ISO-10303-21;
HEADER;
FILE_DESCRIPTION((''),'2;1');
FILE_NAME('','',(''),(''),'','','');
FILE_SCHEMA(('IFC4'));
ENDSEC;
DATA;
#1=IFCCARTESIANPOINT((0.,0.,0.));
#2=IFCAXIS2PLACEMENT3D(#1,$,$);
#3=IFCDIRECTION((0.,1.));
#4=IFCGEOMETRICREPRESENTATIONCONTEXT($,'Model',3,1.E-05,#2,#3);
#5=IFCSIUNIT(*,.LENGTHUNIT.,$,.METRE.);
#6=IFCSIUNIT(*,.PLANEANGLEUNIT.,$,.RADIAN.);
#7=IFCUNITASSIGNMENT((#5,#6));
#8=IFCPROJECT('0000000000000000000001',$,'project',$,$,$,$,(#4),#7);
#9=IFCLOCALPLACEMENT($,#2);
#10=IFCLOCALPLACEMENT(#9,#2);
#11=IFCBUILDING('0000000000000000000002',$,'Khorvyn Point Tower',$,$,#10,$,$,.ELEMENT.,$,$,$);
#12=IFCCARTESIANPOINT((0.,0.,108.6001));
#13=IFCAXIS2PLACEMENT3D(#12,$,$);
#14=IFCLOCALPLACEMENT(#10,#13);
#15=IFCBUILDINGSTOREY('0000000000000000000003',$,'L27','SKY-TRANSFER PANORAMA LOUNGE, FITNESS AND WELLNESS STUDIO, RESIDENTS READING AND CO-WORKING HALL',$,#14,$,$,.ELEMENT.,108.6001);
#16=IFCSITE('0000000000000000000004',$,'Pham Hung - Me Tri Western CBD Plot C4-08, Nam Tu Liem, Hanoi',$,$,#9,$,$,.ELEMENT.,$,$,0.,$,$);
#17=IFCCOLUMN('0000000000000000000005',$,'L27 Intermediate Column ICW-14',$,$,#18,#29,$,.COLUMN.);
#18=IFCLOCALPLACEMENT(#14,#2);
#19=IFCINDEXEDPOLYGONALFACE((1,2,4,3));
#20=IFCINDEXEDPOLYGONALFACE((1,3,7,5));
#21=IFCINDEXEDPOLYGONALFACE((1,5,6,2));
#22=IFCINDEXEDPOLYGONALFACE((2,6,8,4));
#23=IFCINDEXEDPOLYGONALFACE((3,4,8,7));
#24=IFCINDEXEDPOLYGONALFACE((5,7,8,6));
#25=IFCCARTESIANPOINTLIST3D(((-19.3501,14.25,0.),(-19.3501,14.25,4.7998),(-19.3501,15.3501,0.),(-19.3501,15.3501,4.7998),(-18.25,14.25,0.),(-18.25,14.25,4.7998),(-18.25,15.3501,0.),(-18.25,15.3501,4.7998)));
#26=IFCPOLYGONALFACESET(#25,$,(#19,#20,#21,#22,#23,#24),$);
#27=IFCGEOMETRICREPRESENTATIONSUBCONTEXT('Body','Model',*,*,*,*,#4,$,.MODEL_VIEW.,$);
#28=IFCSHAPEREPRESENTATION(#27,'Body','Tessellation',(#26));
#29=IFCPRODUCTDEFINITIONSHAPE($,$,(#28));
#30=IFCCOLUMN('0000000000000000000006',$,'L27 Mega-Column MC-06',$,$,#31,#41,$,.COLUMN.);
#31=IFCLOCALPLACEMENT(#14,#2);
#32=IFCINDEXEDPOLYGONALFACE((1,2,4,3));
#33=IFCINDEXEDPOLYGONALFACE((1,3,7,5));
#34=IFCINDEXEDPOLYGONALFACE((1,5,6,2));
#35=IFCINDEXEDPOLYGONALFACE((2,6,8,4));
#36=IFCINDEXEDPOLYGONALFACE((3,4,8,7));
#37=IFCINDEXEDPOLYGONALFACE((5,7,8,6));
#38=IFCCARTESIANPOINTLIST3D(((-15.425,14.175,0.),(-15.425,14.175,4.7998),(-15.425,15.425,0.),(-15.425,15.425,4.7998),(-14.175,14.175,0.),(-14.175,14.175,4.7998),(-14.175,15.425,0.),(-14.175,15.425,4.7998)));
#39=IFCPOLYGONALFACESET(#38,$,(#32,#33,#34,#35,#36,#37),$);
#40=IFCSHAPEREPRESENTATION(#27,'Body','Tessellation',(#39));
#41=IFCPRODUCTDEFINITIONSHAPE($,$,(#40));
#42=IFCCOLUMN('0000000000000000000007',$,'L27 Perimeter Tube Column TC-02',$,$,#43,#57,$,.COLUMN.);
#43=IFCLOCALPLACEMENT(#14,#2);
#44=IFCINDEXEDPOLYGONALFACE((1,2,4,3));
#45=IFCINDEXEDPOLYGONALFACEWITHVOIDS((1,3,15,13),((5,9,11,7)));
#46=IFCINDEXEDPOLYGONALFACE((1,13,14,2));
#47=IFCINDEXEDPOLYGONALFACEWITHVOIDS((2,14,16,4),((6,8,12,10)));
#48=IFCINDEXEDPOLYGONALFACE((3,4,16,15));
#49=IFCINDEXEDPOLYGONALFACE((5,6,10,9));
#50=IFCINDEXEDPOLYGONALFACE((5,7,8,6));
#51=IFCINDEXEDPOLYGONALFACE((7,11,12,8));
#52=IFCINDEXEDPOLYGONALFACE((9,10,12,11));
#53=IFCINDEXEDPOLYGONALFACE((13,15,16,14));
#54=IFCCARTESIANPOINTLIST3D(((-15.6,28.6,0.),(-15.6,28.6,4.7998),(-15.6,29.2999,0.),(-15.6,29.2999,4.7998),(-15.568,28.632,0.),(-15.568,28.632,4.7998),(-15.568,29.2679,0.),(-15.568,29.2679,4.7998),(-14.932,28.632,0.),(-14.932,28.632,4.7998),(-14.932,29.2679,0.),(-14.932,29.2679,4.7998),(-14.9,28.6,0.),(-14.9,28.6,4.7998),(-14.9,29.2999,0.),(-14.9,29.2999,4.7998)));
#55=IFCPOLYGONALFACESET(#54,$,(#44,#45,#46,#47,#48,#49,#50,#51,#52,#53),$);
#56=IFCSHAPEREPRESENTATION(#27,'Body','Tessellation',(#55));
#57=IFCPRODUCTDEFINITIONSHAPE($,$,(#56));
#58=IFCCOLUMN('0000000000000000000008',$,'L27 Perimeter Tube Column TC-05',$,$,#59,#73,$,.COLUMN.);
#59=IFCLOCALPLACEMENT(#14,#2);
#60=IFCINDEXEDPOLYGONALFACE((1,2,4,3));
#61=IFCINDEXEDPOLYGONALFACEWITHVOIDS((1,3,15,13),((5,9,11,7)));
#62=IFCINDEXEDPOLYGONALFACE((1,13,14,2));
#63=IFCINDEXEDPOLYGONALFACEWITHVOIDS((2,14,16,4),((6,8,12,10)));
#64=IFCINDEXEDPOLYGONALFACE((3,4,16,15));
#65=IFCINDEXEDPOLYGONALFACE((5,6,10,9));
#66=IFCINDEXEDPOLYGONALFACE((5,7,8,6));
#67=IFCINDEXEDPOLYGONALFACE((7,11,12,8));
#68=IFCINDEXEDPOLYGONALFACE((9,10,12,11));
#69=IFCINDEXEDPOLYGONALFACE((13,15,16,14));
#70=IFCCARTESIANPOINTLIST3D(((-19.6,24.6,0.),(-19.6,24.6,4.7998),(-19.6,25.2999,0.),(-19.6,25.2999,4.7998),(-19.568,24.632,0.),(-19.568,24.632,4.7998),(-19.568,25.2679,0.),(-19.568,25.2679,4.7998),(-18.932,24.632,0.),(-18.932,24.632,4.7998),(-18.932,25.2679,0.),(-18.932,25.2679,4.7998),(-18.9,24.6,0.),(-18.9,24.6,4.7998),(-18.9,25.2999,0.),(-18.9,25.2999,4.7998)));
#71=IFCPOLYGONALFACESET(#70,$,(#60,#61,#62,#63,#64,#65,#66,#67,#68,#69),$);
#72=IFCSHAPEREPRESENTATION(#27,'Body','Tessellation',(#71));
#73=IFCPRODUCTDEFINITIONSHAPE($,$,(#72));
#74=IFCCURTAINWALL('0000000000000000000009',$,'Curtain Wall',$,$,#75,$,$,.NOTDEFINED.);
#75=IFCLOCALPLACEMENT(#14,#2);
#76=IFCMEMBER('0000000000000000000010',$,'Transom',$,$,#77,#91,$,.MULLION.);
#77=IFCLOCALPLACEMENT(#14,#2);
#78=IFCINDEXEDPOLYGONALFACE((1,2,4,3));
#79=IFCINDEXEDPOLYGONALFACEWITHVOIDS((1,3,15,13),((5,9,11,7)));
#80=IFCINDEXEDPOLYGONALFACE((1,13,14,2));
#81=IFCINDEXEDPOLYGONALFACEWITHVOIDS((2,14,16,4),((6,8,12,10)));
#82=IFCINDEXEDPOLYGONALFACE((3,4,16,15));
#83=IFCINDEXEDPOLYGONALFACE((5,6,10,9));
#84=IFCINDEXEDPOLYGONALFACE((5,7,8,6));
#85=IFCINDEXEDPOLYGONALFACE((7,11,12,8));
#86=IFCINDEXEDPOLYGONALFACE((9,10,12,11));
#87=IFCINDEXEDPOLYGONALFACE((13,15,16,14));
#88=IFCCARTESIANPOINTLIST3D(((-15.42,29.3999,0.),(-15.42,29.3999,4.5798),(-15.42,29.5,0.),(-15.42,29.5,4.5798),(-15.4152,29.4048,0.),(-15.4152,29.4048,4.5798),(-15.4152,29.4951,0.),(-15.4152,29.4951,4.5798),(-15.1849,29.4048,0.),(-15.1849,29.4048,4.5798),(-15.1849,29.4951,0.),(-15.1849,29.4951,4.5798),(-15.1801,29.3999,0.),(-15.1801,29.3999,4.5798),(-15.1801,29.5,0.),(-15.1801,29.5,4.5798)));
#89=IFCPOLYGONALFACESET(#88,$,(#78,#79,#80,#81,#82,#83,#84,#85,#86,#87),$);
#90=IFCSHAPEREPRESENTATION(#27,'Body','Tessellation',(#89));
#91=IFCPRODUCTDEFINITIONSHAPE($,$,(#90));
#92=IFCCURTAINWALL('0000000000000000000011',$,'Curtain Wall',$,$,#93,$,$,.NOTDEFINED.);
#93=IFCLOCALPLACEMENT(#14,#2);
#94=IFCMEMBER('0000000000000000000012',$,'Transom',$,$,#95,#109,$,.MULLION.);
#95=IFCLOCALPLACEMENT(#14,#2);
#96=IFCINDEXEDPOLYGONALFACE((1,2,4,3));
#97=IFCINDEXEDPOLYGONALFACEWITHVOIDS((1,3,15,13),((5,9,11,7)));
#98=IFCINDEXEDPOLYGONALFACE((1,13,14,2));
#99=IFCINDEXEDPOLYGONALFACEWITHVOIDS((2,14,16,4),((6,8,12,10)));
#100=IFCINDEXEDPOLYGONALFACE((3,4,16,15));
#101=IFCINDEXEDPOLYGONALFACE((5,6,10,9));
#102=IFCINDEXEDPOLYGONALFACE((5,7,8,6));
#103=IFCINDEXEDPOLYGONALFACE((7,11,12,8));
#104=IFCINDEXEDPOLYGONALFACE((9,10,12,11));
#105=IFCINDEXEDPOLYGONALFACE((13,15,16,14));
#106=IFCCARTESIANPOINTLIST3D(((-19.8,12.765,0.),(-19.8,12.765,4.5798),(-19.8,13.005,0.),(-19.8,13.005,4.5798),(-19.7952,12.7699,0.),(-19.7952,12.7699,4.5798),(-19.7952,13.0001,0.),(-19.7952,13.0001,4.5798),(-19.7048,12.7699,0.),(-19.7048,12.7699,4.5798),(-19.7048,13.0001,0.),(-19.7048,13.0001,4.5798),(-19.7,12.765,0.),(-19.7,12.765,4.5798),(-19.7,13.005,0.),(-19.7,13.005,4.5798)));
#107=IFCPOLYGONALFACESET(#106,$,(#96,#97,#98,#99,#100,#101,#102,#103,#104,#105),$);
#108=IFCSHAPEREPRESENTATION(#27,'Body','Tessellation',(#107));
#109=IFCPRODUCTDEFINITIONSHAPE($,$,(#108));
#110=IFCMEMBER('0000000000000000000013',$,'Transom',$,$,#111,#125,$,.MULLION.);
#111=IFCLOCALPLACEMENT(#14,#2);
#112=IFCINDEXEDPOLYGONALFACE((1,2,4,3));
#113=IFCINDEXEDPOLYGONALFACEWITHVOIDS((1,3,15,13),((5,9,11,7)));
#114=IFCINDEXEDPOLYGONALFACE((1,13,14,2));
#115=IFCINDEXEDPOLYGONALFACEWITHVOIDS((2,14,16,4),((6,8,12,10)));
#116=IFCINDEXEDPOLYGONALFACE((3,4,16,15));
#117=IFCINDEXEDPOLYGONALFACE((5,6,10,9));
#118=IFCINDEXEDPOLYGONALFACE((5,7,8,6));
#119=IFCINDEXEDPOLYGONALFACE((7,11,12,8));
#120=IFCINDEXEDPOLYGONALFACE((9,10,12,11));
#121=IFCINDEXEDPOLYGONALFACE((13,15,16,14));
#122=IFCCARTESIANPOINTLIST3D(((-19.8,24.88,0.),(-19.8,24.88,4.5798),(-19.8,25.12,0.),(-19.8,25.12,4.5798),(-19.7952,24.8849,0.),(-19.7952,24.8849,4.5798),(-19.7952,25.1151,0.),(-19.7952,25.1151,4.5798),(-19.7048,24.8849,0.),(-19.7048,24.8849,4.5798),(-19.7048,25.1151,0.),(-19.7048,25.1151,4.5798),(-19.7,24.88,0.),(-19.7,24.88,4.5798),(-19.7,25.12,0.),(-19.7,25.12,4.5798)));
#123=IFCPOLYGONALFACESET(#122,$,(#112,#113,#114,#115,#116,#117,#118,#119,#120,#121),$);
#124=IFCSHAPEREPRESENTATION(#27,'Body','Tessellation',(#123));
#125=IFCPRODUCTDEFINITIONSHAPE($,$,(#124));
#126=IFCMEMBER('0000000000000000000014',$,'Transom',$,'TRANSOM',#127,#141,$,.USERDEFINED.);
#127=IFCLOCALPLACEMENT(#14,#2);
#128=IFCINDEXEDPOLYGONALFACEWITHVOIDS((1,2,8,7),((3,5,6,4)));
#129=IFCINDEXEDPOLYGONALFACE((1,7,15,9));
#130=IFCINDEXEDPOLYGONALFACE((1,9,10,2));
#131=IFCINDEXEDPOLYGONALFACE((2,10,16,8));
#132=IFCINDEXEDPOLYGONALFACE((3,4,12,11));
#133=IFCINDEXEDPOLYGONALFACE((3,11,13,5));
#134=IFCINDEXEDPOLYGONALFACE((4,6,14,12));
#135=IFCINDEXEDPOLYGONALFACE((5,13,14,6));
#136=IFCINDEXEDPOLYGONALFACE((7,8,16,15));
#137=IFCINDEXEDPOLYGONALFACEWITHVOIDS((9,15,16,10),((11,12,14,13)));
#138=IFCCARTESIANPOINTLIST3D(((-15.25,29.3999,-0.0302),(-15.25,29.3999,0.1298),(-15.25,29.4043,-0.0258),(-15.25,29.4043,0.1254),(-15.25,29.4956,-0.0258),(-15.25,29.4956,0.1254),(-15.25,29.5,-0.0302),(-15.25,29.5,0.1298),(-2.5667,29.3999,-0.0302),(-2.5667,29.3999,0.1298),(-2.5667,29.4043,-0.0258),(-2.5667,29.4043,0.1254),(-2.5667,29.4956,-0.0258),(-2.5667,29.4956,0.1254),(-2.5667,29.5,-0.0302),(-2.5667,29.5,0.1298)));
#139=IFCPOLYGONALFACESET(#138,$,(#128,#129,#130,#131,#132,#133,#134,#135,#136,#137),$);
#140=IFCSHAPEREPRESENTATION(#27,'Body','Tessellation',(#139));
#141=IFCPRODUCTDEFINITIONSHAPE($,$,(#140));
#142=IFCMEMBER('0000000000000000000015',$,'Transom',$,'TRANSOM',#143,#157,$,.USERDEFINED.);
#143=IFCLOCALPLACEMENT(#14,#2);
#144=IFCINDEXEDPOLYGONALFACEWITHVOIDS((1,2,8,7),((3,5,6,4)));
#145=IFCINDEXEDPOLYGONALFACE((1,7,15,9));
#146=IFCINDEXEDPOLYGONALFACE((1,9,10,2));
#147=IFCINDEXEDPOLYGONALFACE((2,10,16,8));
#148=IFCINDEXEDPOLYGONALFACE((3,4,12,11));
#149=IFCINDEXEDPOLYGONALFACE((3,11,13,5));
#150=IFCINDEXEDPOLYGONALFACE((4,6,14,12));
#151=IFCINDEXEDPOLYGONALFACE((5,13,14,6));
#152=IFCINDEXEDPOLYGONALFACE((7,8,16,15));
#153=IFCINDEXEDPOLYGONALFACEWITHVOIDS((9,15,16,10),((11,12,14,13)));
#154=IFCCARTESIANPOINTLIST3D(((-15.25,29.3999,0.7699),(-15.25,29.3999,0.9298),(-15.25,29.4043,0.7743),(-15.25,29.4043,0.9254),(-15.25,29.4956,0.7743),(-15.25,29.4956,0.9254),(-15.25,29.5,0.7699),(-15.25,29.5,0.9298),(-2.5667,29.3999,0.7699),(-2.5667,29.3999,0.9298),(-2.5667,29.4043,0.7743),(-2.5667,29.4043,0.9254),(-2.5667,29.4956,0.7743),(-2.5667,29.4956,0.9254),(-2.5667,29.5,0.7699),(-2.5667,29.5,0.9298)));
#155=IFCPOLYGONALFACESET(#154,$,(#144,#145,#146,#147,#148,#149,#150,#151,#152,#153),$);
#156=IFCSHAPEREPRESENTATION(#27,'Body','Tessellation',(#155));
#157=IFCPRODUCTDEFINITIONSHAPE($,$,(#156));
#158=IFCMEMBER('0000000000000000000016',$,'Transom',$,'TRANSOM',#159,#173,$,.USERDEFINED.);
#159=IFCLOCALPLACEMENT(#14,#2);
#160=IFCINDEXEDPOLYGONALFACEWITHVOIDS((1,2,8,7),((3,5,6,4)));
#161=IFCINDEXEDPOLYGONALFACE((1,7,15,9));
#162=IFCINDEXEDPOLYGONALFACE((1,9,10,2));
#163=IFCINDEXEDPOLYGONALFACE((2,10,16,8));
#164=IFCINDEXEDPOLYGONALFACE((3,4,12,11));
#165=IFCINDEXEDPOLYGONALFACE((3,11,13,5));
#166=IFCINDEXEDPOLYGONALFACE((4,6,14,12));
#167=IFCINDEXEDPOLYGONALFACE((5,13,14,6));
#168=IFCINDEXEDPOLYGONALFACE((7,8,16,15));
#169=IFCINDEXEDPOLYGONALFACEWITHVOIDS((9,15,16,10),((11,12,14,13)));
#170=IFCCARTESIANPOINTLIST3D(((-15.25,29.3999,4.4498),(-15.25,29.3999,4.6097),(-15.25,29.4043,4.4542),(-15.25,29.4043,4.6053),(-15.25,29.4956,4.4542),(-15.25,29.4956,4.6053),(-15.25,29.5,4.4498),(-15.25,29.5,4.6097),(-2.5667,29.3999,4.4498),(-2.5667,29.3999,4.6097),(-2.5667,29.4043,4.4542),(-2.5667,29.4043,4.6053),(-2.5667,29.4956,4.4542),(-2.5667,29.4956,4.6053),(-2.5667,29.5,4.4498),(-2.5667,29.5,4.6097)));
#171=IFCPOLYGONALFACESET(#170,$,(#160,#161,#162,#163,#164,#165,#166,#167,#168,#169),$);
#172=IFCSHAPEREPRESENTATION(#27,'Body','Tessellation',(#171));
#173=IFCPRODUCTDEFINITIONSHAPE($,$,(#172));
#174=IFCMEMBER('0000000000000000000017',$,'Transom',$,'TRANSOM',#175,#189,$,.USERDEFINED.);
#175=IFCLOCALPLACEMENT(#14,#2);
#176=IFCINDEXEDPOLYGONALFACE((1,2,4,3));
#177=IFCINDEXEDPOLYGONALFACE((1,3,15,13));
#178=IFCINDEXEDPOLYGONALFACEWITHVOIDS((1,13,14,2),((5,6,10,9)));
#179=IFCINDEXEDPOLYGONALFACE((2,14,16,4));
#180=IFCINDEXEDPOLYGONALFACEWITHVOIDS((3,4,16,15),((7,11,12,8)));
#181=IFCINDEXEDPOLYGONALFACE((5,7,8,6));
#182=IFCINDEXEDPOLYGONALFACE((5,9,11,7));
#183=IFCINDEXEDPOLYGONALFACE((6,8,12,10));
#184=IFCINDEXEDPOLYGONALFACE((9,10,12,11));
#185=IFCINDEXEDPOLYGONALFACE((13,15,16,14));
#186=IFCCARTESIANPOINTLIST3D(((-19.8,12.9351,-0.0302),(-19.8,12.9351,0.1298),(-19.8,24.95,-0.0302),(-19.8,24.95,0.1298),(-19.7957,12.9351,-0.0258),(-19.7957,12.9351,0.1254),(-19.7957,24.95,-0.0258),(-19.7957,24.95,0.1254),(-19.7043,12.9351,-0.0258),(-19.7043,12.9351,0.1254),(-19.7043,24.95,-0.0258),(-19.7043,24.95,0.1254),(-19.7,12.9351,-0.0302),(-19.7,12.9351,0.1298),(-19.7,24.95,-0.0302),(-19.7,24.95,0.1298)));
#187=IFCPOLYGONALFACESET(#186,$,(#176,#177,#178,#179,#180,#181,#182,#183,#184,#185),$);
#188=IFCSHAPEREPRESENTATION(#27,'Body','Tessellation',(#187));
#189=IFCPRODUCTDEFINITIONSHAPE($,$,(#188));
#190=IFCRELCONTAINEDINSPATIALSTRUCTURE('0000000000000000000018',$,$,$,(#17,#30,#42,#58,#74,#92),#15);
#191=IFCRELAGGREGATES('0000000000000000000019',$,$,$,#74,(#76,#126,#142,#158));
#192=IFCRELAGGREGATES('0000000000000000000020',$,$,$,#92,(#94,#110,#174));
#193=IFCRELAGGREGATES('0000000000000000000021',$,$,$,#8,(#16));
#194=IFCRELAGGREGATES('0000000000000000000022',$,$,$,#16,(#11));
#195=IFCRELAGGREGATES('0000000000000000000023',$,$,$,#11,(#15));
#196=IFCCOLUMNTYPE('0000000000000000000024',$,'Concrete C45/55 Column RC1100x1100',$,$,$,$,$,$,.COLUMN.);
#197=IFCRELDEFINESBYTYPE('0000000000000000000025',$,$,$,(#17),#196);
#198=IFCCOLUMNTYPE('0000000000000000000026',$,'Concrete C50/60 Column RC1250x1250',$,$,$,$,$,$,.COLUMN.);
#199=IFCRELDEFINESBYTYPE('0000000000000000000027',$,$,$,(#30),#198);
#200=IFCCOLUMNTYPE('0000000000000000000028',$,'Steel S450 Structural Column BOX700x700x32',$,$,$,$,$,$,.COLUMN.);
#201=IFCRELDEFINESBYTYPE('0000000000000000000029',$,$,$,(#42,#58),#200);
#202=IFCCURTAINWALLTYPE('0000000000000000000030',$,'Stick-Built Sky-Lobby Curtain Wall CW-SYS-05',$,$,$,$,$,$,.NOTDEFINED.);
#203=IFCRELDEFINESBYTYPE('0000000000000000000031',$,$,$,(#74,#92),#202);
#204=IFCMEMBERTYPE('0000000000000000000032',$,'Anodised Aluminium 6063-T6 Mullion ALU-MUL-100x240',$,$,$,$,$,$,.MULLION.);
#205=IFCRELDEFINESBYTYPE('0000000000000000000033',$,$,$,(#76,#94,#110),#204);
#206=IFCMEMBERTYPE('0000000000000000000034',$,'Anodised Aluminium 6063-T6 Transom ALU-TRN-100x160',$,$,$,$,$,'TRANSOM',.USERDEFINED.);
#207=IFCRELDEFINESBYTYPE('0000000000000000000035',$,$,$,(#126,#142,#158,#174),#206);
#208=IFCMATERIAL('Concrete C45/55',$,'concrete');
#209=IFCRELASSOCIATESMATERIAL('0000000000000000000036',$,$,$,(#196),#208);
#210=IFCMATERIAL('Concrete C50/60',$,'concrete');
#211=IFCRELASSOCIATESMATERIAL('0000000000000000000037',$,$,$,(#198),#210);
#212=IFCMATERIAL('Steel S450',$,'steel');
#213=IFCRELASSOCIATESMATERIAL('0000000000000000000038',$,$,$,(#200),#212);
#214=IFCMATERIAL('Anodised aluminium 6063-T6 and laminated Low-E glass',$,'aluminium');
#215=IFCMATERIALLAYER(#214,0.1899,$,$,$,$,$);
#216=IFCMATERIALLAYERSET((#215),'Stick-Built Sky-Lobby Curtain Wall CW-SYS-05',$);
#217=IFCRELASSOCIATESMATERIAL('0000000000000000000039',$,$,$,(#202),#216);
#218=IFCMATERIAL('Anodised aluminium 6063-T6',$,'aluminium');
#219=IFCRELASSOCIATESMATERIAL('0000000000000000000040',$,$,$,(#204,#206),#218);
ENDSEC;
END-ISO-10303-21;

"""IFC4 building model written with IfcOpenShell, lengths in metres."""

from ifc_helpers import new_model, si_unit, direction, frame, origin, origin_2d, place, context, subcontext, project, spatial, rectangle, hollow_rectangle, extrude, material, layer, layer_set, material_profile, profile_set, type_object, element, aggregate, save


model = new_model("IFC4")

# Units and contexts
model_context = context("Model", 3, precision=1e-05, world=origin(), true_north=direction((0.0, 1.0)))
body_context = subcontext(model_context, "Body", "Model", "MODEL_VIEW")
ifc_project = project(units=[si_unit("LENGTHUNIT", "METRE"), si_unit("PLANEANGLEUNIT", "RADIAN")], contexts=[model_context])

# Site, building, storey
site_placement = place(None, origin())
site = spatial("IfcSite", under=ifc_project, at=site_placement, Name="Pham Hung - Me Tri Western CBD Plot C4-08, Nam Tu Liem, Hanoi", CompositionType="ELEMENT", RefElevation=0.0)
building_placement = place(site_placement, origin())
building = spatial("IfcBuilding", under=site, at=building_placement, Name="Khorvyn Point Tower", CompositionType="ELEMENT")
storey_placement = place(building_placement, frame((0.0, 0.0, 108.6001)))
storey = spatial("IfcBuildingStorey", under=building, at=storey_placement, Name="L27", Description="SKY-TRANSFER PANORAMA LOUNGE, FITNESS AND WELLNESS STUDIO, RESIDENTS READING AND CO-WORKING HALL", CompositionType="ELEMENT", Elevation=108.6001)

# Columns
ifc_material_1 = material(Name="Concrete C45/55", Category="concrete")
ifc_material_profile_1 = material_profile(ifc_material_1, rectangle(XDim=1.1001, YDim=1.1001, at=origin_2d()))
ifc_profile_set_1 = profile_set([ifc_material_profile_1], Name="Concrete C45/55 RC1100x1100")
column_type_1 = type_object("IfcColumnType", Name="Concrete C45/55 Column RC1100x1100", PredefinedType="COLUMN", material=ifc_profile_set_1)
column_1_placement = place(storey_placement, frame((-18.8, 14.8, 0.0), z_axis=(0.0, 0.0, 1.0), x_axis=(1.0, 0.0, 0.0)))
element("IfcColumn", 1, at=column_1_placement, inside=storey, type_object=column_type_1, Name="L27 Intermediate Column ICW-14", PredefinedType="COLUMN", context=body_context, shape_type="SweptSolid", body=[
    extrude(rectangle(XDim=1.1001, YDim=1.1001, at=origin_2d()), origin(), (0.0, 0.0, 1.0), 4.7998),
])
ifc_material_2 = material(Name="Concrete C50/60", Category="concrete")
ifc_material_profile_2 = material_profile(ifc_material_2, rectangle(XDim=1.25, YDim=1.25, at=origin_2d()))
ifc_profile_set_2 = profile_set([ifc_material_profile_2], Name="Concrete C50/60 RC1250x1250")
column_type_2 = type_object("IfcColumnType", Name="Concrete C50/60 Column RC1250x1250", PredefinedType="COLUMN", material=ifc_profile_set_2)
column_2_placement = place(storey_placement, frame((-14.8, 14.8, 0.0), z_axis=(0.0, 0.0, 1.0), x_axis=(1.0, 0.0, 0.0)))
element("IfcColumn", 2, at=column_2_placement, inside=storey, type_object=column_type_2, Name="L27 Mega-Column MC-06", PredefinedType="COLUMN", context=body_context, shape_type="SweptSolid", body=[
    extrude(rectangle(XDim=1.25, YDim=1.25, at=origin_2d()), origin(), (0.0, 0.0, 1.0), 4.7998),
])
ifc_material_3 = material(Name="Steel S450", Category="steel")
ifc_material_profile_3 = material_profile(ifc_material_3, hollow_rectangle(XDim=0.7, YDim=0.7, WallThickness=0.032, at=origin_2d()))
ifc_profile_set_3 = profile_set([ifc_material_profile_3], Name="Steel S450 BOX700x700x32")
column_type_3 = type_object("IfcColumnType", Name="Steel S450 Structural Column BOX700x700x32", PredefinedType="COLUMN", material=ifc_profile_set_3)
for number, where, z_axis, x_axis, name in (
    (3, (-15.25, 28.95, 0.0), (0.0, 0.0, 1.0), (1.0, 0.0, 0.0), "L27 Perimeter Tube Column TC-02"),
    (4, (-19.25, 24.95, 0.0), (0.0, 0.0, 1.0), (1.0, 0.0, 0.0), "L27 Perimeter Tube Column TC-05"),
):
    element("IfcColumn", number, at=place(storey_placement, frame(where, z_axis=z_axis, x_axis=x_axis)), inside=storey, type_object=column_type_3, Name=name, PredefinedType="COLUMN", context=body_context, shape_type="SweptSolid", body=[
        extrude(hollow_rectangle(XDim=0.7, YDim=0.7, WallThickness=0.032, at=origin_2d()), origin(), (0.0, 0.0, 1.0), 4.7998),
    ])

# Curtain wall, member
ifc_material_4 = material(Name="Anodised aluminium 6063-T6 and laminated Low-E glass", Category="aluminium")
ifc_layer_1 = layer(ifc_material_4, 0.1899)
ifc_layer_set_1 = layer_set([ifc_layer_1], Name="Stick-Built Sky-Lobby Curtain Wall CW-SYS-05")
curtain_wall_type = type_object("IfcCurtainWallType", Name="Stick-Built Sky-Lobby Curtain Wall CW-SYS-05", PredefinedType="NOTDEFINED", material=ifc_layer_set_1)
curtain_wall_1_placement = place(storey_placement, origin())
curtain_wall_1 = element("IfcCurtainWall", 5, at=curtain_wall_1_placement, inside=storey, type_object=curtain_wall_type, Name="Curtain Wall", PredefinedType="NOTDEFINED")
ifc_material_5 = material(Name="Anodised aluminium 6063-T6", Category="aluminium")
ifc_material_profile_4 = material_profile(ifc_material_5, hollow_rectangle(XDim=0.1001, YDim=0.24, WallThickness=0.0049, at=origin_2d()))
ifc_profile_set_4 = profile_set([ifc_material_profile_4], Name="Anodised aluminium 6063-T6 ALU-MUL-100x240")
member_type_1 = type_object("IfcMemberType", Name="Anodised Aluminium 6063-T6 Mullion ALU-MUL-100x240", PredefinedType="MULLION", material=ifc_profile_set_4)
member_1_placement = place(storey_placement, frame((-15.3, 29.45, 0.0), z_axis=(0.0, 0.0, 1.0), x_axis=(0.0, 1.0, 0.0)))
member_1 = element("IfcMember", 6, at=member_1_placement, type_object=member_type_1, Name="Transom", PredefinedType="MULLION", context=body_context, shape_type="SweptSolid", body=[
    extrude(hollow_rectangle(XDim=0.1001, YDim=0.24, WallThickness=0.0049, at=origin_2d()), origin(), (0.0, 0.0, 1.0), 4.5798),
])

# Curtain wall, members
curtain_wall_2_placement = place(storey_placement, origin())
curtain_wall_2 = element("IfcCurtainWall", 7, at=curtain_wall_2_placement, inside=storey, type_object=curtain_wall_type, Name="Curtain Wall", PredefinedType="NOTDEFINED")
member_2_placement = place(storey_placement, frame((-19.75, 12.885, 0.0), z_axis=(0.0, 0.0, 1.0), x_axis=(-1.0, 0.0, 0.0)))
member_2 = element("IfcMember", 8, at=member_2_placement, type_object=member_type_1, Name="Transom", PredefinedType="MULLION", context=body_context, shape_type="SweptSolid", body=[
    extrude(hollow_rectangle(XDim=0.1001, YDim=0.24, WallThickness=0.0049, at=origin_2d()), origin(), (0.0, 0.0, 1.0), 4.5798),
])
member_3_placement = place(storey_placement, frame((-19.75, 25.0, 0.0), z_axis=(0.0, 0.0, 1.0), x_axis=(-1.0, 0.0, 0.0)))
member_3 = element("IfcMember", 9, at=member_3_placement, type_object=member_type_1, Name="Transom", PredefinedType="MULLION", context=body_context, shape_type="SweptSolid", body=[
    extrude(hollow_rectangle(XDim=0.1001, YDim=0.24, WallThickness=0.0049, at=origin_2d()), origin(), (0.0, 0.0, 1.0), 4.5798),
])

# Members
ifc_material_profile_5 = material_profile(ifc_material_5, hollow_rectangle(XDim=0.1001, YDim=0.1599, WallThickness=0.0044, at=origin_2d()))
ifc_profile_set_5 = profile_set([ifc_material_profile_5], Name="Anodised aluminium 6063-T6 ALU-TRN-100x160")
member_type_2 = type_object("IfcMemberType", Name="Anodised Aluminium 6063-T6 Transom ALU-TRN-100x160", ElementType="TRANSOM", PredefinedType="USERDEFINED", material=ifc_profile_set_5)
member_4_placement = place(storey_placement, frame((-15.25, 29.45, 0.0498), z_axis=(1.0, 0.0, 0.0), x_axis=(0.0, 1.0, 0.0)))
member_4 = element("IfcMember", 10, at=member_4_placement, type_object=member_type_2, Name="Transom", ObjectType="TRANSOM", PredefinedType="USERDEFINED", context=body_context, shape_type="SweptSolid", body=[
    extrude(hollow_rectangle(XDim=0.1001, YDim=0.1599, WallThickness=0.0044, at=origin_2d()), origin(), (0.0, 0.0, 1.0), 12.6833),
])
member_5_placement = place(storey_placement, frame((-15.25, 29.45, 0.8499), z_axis=(1.0, 0.0, 0.0), x_axis=(0.0, 1.0, 0.0)))
member_5 = element("IfcMember", 11, at=member_5_placement, type_object=member_type_2, Name="Transom", ObjectType="TRANSOM", PredefinedType="USERDEFINED", context=body_context, shape_type="SweptSolid", body=[
    extrude(hollow_rectangle(XDim=0.1001, YDim=0.1599, WallThickness=0.0044, at=origin_2d()), origin(), (0.0, 0.0, 1.0), 12.6833),
])
member_6_placement = place(storey_placement, frame((-15.25, 29.45, 4.5298), z_axis=(1.0, 0.0, 0.0), x_axis=(0.0, 1.0, 0.0)))
member_6 = element("IfcMember", 12, at=member_6_placement, type_object=member_type_2, Name="Transom", ObjectType="TRANSOM", PredefinedType="USERDEFINED", context=body_context, shape_type="SweptSolid", body=[
    extrude(hollow_rectangle(XDim=0.1001, YDim=0.1599, WallThickness=0.0044, at=origin_2d()), origin(), (0.0, 0.0, 1.0), 12.6833),
])
aggregate(curtain_wall_1, [member_1, member_4, member_5, member_6])
member_7_placement = place(storey_placement, frame((-19.75, 12.9351, 0.0498), z_axis=(0.0, 1.0, 0.0), x_axis=(-1.0, 0.0, 0.0)))
member_7 = element("IfcMember", 13, at=member_7_placement, type_object=member_type_2, Name="Transom", ObjectType="TRANSOM", PredefinedType="USERDEFINED", context=body_context, shape_type="SweptSolid", body=[
    extrude(hollow_rectangle(XDim=0.1001, YDim=0.1599, WallThickness=0.0044, at=origin_2d()), origin(), (0.0, 0.0, 1.0), 12.0149),
])

aggregate(curtain_wall_2, [member_2, member_3, member_7])

save(model, "model.ifc")
